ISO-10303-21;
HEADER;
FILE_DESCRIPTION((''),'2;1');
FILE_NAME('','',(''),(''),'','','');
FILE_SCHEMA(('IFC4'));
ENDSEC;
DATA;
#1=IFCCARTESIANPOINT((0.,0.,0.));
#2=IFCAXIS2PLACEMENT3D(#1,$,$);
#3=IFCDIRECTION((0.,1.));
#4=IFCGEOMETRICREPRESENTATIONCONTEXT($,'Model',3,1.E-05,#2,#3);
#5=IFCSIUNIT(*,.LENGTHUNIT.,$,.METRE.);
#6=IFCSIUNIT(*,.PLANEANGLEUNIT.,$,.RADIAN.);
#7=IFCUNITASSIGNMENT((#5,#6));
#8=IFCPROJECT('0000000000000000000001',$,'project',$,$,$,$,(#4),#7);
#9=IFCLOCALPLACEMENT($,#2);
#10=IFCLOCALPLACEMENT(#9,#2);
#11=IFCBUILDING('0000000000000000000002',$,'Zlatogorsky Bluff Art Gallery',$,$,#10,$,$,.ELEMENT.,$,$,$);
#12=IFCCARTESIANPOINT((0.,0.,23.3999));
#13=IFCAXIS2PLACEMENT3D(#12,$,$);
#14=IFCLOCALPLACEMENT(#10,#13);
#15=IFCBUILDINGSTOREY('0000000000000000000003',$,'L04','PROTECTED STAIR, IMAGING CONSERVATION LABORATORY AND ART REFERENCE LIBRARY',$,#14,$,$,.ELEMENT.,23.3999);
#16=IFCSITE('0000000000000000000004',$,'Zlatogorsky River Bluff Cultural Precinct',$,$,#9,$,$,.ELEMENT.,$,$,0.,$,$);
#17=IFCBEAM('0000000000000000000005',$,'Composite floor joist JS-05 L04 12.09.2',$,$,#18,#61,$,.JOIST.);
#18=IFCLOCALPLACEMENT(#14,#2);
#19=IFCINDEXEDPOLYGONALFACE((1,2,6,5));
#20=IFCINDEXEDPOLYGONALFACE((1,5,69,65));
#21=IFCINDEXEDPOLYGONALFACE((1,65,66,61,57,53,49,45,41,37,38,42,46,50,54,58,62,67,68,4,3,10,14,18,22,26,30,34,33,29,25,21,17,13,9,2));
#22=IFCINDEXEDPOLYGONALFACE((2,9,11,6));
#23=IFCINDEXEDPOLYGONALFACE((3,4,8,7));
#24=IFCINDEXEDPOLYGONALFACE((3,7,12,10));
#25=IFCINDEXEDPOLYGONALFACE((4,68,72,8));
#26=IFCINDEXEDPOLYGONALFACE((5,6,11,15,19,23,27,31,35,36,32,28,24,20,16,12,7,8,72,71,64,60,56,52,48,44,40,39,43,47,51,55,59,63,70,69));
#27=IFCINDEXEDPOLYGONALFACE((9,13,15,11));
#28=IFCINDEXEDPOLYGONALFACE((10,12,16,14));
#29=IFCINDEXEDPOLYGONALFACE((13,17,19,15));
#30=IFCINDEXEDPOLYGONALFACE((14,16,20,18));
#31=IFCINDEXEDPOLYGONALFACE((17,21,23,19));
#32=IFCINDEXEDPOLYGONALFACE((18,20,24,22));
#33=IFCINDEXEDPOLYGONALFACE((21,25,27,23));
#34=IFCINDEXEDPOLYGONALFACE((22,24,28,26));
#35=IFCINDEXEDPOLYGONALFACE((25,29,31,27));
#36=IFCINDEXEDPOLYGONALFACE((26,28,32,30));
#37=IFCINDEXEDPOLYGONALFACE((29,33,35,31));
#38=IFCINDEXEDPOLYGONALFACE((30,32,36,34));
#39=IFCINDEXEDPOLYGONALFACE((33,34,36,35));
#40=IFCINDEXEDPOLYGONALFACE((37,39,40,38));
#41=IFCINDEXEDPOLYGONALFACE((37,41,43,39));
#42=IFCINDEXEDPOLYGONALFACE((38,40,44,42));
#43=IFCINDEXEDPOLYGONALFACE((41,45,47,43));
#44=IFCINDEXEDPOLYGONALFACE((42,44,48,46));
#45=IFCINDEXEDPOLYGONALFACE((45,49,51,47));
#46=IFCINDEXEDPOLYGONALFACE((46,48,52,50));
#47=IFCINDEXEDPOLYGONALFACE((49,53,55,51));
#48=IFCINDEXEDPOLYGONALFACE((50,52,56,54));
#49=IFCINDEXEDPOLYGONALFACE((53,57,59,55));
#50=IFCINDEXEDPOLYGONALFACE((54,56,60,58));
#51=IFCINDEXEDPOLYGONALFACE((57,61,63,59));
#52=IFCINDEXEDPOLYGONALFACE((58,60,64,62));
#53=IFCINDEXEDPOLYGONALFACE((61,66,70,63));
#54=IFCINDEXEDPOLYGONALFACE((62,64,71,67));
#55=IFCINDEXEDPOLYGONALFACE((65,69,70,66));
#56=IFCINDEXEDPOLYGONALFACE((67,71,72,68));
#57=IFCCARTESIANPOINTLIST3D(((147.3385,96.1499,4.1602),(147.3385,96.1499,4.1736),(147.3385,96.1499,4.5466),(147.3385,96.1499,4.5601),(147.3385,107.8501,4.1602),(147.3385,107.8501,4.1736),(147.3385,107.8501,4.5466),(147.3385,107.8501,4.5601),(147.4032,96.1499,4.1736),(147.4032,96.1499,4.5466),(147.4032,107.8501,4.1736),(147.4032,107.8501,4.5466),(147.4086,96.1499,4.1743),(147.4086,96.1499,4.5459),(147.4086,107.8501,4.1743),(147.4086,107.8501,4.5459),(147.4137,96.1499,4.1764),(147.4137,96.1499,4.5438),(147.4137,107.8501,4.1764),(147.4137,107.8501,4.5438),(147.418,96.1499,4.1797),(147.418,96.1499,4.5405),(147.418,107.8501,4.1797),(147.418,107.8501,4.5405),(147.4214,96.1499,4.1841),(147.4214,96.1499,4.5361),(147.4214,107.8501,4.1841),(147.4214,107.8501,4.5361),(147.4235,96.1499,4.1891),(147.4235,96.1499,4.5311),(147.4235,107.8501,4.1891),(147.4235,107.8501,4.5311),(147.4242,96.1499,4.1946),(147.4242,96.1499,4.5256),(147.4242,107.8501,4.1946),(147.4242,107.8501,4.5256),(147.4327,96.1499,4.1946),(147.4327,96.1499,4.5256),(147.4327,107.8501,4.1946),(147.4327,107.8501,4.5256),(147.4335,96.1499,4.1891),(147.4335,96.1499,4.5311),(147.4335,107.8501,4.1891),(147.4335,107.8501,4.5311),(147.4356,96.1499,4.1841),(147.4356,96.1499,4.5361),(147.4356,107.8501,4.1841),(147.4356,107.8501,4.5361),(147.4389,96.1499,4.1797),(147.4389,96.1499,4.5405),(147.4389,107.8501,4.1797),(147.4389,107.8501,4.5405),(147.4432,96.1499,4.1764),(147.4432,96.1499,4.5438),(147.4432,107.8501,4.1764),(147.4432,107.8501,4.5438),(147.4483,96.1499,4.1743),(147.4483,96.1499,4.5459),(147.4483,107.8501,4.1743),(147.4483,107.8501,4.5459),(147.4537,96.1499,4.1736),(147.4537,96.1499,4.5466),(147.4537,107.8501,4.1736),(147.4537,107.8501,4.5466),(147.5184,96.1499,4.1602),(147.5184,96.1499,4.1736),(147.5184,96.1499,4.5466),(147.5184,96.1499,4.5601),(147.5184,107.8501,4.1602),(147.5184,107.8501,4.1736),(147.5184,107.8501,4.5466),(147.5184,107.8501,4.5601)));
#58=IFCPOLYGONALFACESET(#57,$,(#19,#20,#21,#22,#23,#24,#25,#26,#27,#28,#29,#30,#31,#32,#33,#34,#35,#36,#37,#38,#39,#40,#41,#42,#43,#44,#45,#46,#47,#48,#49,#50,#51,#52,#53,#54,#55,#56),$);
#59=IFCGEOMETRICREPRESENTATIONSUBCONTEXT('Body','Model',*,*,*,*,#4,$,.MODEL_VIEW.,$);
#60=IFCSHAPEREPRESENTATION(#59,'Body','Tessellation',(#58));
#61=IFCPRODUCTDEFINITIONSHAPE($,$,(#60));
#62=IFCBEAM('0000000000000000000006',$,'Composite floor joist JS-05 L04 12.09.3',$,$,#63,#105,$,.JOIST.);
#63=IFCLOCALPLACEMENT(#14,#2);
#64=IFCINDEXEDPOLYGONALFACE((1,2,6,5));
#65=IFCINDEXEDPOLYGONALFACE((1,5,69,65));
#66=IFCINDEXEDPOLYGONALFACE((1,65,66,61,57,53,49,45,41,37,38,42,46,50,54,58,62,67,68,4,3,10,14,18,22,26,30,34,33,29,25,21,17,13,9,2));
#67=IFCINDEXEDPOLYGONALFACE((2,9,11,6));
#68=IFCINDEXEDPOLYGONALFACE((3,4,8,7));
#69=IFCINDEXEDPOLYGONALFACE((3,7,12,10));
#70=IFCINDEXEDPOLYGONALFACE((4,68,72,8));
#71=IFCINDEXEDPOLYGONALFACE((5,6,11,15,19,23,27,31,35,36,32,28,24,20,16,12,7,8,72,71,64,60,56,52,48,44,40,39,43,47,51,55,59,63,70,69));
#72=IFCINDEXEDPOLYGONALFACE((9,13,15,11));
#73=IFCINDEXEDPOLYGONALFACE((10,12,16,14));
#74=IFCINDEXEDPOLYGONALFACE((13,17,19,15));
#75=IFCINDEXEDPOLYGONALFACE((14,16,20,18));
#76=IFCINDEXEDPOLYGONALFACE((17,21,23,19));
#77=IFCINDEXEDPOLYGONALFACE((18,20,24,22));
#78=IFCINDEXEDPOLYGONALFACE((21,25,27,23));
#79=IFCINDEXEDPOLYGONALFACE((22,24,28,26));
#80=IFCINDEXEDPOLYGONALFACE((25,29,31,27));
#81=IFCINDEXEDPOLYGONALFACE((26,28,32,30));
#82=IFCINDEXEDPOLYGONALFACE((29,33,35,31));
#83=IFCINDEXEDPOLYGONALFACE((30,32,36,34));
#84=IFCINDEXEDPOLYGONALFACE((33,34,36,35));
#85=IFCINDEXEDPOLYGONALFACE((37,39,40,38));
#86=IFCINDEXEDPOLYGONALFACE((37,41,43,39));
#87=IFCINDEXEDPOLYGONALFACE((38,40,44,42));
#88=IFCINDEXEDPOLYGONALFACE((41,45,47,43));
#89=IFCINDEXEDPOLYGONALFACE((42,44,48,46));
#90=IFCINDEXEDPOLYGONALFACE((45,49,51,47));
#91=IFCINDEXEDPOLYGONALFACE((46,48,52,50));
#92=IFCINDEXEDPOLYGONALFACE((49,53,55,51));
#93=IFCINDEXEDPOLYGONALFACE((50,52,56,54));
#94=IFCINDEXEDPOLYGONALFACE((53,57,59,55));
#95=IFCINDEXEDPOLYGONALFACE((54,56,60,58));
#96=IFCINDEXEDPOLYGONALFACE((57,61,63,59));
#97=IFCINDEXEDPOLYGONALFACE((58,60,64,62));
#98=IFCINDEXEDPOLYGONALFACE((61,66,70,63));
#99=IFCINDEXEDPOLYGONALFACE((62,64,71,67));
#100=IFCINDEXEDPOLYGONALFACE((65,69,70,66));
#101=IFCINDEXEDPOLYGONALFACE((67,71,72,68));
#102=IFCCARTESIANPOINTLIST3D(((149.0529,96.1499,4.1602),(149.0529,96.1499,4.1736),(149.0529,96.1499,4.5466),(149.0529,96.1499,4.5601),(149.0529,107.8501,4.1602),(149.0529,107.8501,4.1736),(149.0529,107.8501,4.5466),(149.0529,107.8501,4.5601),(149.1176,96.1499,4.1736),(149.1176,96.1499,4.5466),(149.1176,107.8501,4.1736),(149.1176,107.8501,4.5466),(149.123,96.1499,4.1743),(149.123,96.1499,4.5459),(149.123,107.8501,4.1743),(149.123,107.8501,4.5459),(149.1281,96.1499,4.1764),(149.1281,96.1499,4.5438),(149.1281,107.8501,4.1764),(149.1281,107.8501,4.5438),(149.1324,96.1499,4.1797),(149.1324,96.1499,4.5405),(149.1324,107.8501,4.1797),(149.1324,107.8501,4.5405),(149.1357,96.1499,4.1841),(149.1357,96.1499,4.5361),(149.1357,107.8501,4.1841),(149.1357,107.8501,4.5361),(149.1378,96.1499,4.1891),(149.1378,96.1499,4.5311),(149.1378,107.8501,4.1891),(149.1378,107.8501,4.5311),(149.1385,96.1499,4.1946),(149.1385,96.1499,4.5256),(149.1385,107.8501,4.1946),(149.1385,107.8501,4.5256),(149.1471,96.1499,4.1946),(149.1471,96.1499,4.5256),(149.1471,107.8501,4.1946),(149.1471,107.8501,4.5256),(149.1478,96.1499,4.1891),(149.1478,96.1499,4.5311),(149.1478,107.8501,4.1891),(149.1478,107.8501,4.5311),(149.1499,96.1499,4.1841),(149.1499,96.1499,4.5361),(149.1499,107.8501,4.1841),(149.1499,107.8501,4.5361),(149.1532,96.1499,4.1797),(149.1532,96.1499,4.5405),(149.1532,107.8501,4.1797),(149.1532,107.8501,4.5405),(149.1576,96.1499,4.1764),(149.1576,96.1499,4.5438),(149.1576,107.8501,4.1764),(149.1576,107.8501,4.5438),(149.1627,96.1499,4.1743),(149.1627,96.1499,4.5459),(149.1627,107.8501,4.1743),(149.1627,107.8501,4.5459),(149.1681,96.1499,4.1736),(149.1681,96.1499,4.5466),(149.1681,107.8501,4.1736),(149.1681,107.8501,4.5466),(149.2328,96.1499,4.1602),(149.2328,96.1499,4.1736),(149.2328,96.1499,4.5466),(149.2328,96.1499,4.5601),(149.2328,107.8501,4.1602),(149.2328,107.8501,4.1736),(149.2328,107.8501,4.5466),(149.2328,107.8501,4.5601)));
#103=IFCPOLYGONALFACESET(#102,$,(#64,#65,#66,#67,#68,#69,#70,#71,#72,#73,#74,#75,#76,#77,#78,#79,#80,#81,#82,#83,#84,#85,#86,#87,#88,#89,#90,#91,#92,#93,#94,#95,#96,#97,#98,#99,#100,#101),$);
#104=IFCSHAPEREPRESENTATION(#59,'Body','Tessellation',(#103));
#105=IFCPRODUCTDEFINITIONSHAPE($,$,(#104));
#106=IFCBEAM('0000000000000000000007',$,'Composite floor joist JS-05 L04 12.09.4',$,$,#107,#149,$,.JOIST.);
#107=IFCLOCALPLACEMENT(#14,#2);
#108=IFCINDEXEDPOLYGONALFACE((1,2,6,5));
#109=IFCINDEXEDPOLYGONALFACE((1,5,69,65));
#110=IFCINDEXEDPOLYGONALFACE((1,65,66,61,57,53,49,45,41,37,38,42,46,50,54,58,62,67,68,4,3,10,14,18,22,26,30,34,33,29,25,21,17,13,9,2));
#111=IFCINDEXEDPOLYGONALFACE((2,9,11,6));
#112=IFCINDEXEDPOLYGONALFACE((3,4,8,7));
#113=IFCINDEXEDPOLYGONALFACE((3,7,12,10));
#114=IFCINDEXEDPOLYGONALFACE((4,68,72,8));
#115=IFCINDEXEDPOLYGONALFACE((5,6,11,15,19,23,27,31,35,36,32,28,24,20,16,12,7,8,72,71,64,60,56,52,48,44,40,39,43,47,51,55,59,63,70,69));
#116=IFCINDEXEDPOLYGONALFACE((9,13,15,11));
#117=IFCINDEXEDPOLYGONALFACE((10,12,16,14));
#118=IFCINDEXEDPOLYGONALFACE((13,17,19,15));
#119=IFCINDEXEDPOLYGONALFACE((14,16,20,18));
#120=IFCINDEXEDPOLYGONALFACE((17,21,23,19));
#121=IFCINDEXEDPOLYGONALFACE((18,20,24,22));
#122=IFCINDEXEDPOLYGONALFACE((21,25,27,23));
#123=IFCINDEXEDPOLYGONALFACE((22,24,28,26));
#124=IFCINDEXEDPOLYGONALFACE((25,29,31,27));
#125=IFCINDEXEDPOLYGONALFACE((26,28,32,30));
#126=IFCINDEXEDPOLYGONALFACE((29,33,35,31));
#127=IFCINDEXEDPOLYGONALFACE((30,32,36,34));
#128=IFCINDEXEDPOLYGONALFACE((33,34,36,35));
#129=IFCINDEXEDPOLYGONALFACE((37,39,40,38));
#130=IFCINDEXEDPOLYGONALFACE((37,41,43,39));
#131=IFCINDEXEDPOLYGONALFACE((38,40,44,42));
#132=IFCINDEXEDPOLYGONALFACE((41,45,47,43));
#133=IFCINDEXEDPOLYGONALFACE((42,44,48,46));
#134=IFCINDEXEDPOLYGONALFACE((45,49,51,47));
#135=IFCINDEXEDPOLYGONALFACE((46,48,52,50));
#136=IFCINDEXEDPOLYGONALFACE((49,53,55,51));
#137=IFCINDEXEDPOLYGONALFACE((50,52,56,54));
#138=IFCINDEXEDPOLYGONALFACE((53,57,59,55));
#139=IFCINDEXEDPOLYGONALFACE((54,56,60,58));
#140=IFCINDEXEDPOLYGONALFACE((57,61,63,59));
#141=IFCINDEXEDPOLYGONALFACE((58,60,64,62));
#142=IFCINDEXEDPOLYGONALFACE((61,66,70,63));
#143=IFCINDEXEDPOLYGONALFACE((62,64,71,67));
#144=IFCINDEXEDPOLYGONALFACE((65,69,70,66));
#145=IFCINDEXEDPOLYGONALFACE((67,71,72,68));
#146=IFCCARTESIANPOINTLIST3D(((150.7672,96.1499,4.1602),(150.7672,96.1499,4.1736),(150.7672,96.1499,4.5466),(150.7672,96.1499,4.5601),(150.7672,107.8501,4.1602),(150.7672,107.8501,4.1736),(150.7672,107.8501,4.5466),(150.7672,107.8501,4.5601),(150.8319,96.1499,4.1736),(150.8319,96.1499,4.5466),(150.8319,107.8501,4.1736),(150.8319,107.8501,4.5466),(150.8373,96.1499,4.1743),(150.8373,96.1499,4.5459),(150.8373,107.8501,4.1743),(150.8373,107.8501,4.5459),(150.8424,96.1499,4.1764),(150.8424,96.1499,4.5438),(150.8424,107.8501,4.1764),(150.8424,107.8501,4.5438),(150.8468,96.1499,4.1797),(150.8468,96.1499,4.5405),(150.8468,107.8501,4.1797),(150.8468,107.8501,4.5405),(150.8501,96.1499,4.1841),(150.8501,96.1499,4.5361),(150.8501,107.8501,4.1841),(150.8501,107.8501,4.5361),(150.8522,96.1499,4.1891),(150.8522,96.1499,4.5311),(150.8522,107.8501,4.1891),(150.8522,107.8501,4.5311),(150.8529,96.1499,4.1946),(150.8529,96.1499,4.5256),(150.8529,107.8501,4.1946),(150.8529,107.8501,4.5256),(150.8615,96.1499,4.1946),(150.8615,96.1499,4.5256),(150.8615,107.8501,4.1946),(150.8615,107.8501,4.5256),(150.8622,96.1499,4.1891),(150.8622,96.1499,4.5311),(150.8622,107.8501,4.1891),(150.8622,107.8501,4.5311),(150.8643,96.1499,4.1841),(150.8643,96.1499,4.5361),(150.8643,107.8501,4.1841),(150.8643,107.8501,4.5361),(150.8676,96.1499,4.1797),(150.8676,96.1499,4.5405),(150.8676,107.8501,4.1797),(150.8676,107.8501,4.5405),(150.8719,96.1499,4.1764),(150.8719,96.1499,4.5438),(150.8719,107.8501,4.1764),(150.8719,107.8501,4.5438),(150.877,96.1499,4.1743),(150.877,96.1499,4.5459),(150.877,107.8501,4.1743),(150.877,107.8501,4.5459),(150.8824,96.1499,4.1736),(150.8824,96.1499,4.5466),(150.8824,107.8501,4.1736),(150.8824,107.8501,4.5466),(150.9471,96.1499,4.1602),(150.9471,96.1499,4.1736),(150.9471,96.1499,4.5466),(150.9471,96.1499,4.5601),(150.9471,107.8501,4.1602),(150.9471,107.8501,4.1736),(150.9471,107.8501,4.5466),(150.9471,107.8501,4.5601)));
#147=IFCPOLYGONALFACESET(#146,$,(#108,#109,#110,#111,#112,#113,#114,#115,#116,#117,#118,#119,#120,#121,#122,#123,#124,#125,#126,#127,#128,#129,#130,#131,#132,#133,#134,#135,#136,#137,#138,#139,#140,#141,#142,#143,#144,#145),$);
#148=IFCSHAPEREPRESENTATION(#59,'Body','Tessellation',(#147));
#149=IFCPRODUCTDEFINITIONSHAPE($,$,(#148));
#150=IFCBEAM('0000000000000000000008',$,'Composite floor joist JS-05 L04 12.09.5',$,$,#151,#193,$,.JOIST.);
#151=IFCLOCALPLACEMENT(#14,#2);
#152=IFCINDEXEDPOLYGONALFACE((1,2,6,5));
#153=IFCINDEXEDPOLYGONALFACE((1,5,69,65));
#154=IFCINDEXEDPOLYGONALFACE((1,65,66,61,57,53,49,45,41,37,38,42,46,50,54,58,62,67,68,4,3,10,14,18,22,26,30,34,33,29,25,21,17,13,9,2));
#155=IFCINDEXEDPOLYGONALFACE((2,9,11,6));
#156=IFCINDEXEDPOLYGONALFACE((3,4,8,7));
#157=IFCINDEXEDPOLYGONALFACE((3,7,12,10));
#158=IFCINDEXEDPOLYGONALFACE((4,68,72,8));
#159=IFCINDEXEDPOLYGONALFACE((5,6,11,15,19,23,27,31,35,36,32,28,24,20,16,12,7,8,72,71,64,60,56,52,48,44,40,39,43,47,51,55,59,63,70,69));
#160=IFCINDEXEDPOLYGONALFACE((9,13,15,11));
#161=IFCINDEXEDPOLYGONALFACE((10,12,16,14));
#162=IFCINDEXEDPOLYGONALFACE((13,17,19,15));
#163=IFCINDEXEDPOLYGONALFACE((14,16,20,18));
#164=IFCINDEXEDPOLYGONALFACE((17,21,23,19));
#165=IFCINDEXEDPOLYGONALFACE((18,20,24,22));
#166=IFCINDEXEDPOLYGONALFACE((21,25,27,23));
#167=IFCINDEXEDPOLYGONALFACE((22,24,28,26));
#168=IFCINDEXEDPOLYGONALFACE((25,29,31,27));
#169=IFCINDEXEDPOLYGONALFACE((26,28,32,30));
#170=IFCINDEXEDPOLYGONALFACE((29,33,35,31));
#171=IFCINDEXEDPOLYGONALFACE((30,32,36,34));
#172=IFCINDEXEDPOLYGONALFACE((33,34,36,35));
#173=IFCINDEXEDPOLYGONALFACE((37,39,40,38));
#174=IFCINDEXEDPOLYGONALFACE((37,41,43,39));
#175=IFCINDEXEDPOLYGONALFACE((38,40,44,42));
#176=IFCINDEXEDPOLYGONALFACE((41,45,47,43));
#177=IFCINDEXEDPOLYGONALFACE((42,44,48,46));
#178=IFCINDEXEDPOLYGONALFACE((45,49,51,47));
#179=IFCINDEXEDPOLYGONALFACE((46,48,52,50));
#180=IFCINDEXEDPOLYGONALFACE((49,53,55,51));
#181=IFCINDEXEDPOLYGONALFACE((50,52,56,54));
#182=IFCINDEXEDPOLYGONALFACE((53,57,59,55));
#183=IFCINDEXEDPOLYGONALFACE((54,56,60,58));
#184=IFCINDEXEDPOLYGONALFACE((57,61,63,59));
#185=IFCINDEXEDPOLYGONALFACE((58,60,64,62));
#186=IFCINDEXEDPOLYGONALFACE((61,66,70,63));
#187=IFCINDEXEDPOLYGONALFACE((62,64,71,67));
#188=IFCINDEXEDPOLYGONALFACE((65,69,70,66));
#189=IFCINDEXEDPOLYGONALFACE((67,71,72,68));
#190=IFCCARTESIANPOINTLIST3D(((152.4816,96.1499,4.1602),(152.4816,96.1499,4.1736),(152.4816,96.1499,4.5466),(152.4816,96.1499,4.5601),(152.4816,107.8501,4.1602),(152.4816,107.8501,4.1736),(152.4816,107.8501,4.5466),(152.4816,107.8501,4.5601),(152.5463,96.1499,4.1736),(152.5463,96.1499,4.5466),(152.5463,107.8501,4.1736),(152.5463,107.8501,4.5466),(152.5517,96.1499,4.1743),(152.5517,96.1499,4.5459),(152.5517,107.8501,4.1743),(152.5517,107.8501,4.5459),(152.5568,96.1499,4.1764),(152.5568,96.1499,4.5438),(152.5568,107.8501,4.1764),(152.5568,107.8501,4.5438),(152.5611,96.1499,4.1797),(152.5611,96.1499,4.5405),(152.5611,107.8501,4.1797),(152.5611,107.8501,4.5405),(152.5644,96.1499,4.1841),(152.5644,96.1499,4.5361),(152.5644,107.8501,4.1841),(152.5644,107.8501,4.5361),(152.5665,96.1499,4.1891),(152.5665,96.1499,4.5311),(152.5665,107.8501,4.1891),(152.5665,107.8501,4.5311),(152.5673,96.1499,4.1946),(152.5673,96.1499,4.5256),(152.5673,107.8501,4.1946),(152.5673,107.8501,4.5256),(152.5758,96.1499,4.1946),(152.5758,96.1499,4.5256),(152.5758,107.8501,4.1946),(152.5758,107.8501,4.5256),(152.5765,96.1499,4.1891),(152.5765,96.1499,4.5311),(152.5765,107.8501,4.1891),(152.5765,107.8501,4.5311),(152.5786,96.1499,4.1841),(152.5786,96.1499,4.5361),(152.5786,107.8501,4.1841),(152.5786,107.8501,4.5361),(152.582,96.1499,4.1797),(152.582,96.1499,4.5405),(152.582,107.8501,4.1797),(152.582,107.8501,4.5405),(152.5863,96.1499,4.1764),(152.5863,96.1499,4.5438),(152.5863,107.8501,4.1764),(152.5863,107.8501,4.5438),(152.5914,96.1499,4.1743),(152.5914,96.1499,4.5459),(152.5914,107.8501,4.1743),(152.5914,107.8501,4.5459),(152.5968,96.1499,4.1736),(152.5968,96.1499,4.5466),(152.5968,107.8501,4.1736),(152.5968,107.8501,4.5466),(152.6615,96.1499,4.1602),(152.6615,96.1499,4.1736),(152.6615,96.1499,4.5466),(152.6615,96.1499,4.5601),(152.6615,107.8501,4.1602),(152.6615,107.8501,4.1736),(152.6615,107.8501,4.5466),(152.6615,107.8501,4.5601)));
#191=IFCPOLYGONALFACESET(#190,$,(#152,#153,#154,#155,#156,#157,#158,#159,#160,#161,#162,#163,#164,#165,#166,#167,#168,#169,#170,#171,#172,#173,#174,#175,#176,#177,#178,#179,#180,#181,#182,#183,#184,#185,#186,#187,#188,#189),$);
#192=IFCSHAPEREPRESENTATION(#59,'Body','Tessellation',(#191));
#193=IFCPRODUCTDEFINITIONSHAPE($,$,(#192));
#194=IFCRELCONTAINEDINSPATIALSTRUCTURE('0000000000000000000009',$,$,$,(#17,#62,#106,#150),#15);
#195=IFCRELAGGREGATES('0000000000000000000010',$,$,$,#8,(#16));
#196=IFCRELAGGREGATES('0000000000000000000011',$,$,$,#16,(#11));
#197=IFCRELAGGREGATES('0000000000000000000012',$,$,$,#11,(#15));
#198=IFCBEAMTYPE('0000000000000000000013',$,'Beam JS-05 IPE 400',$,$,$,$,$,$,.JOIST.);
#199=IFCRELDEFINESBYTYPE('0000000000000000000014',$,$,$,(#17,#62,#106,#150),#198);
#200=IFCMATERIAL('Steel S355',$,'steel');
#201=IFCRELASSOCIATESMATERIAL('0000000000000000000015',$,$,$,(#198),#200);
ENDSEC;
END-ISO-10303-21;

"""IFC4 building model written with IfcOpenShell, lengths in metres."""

from ifc_helpers import new_model, si_unit, direction, frame, origin, origin_2d, place, context, subcontext, project, spatial, i_section, extrude, material, material_profile, profile_set, type_object, element, save


model = new_model("IFC4")

# Units and contexts
model_context = context("Model", 3, precision=1e-05, world=origin(), true_north=direction((0.0, 1.0)))
body_context = subcontext(model_context, "Body", "Model", "MODEL_VIEW")
ifc_project = project(units=[si_unit("LENGTHUNIT", "METRE"), si_unit("PLANEANGLEUNIT", "RADIAN")], contexts=[model_context])

# Site, building, storey
site_placement = place(None, origin())
site = spatial("IfcSite", under=ifc_project, at=site_placement, Name="Zlatogorsky River Bluff Cultural Precinct", CompositionType="ELEMENT", RefElevation=0.0)
building_placement = place(site_placement, origin())
building = spatial("IfcBuilding", under=site, at=building_placement, Name="Zlatogorsky Bluff Art Gallery", CompositionType="ELEMENT")
storey_placement = place(building_placement, frame((0.0, 0.0, 23.3999)))
storey = spatial("IfcBuildingStorey", under=building, at=storey_placement, Name="L04", Description="PROTECTED STAIR, IMAGING CONSERVATION LABORATORY AND ART REFERENCE LIBRARY", CompositionType="ELEMENT", Elevation=23.3999)

# Shared definitions
ifc_material_1 = material(Name="Steel S355", Category="steel")

# Beams
ifc_material_profile_1 = material_profile(ifc_material_1, i_section(OverallWidth=0.1799, OverallDepth=0.3999, WebThickness=0.0085, FlangeThickness=0.0134, FilletRadius=0.021, at=origin_2d()), Name="IPE 400")
ifc_profile_set_1 = profile_set([ifc_material_profile_1], Name="Steel S355")
beam_type_1 = type_object("IfcBeamType", Name="Beam JS-05 IPE 400", PredefinedType="JOIST", material=ifc_profile_set_1)
for number, where, z_axis, x_axis, name in (
    (1, (147.4285, 96.1499, 4.3601), (0.0, 1.0, 0.0), (-1.0, 0.0, 0.0), "Composite floor joist JS-05 L04 12.09.2"),
    (2, (149.1428, 96.1499, 4.3601), (0.0, 1.0, 0.0), (-1.0, 0.0, 0.0), "Composite floor joist JS-05 L04 12.09.3"),
    (3, (150.8572, 96.1499, 4.3601), (0.0, 1.0, 0.0), (-1.0, 0.0, 0.0), "Composite floor joist JS-05 L04 12.09.4"),
    (4, (152.5715, 96.1499, 4.3601), (0.0, 1.0, 0.0), (-1.0, 0.0, 0.0), "Composite floor joist JS-05 L04 12.09.5"),
):
    element("IfcBeam", number, at=place(storey_placement, frame(where, z_axis=z_axis, x_axis=x_axis)), inside=storey, type_object=beam_type_1, Name=name, PredefinedType="JOIST", context=body_context, shape_type="SweptSolid", body=[
        extrude(i_section(OverallWidth=0.1799, OverallDepth=0.3999, WebThickness=0.0085, FlangeThickness=0.0134, FilletRadius=0.021, at=origin_2d()), origin(), (0.0, 0.0, 1.0), 11.7002),
    ])

save(model, "model.ifc")
